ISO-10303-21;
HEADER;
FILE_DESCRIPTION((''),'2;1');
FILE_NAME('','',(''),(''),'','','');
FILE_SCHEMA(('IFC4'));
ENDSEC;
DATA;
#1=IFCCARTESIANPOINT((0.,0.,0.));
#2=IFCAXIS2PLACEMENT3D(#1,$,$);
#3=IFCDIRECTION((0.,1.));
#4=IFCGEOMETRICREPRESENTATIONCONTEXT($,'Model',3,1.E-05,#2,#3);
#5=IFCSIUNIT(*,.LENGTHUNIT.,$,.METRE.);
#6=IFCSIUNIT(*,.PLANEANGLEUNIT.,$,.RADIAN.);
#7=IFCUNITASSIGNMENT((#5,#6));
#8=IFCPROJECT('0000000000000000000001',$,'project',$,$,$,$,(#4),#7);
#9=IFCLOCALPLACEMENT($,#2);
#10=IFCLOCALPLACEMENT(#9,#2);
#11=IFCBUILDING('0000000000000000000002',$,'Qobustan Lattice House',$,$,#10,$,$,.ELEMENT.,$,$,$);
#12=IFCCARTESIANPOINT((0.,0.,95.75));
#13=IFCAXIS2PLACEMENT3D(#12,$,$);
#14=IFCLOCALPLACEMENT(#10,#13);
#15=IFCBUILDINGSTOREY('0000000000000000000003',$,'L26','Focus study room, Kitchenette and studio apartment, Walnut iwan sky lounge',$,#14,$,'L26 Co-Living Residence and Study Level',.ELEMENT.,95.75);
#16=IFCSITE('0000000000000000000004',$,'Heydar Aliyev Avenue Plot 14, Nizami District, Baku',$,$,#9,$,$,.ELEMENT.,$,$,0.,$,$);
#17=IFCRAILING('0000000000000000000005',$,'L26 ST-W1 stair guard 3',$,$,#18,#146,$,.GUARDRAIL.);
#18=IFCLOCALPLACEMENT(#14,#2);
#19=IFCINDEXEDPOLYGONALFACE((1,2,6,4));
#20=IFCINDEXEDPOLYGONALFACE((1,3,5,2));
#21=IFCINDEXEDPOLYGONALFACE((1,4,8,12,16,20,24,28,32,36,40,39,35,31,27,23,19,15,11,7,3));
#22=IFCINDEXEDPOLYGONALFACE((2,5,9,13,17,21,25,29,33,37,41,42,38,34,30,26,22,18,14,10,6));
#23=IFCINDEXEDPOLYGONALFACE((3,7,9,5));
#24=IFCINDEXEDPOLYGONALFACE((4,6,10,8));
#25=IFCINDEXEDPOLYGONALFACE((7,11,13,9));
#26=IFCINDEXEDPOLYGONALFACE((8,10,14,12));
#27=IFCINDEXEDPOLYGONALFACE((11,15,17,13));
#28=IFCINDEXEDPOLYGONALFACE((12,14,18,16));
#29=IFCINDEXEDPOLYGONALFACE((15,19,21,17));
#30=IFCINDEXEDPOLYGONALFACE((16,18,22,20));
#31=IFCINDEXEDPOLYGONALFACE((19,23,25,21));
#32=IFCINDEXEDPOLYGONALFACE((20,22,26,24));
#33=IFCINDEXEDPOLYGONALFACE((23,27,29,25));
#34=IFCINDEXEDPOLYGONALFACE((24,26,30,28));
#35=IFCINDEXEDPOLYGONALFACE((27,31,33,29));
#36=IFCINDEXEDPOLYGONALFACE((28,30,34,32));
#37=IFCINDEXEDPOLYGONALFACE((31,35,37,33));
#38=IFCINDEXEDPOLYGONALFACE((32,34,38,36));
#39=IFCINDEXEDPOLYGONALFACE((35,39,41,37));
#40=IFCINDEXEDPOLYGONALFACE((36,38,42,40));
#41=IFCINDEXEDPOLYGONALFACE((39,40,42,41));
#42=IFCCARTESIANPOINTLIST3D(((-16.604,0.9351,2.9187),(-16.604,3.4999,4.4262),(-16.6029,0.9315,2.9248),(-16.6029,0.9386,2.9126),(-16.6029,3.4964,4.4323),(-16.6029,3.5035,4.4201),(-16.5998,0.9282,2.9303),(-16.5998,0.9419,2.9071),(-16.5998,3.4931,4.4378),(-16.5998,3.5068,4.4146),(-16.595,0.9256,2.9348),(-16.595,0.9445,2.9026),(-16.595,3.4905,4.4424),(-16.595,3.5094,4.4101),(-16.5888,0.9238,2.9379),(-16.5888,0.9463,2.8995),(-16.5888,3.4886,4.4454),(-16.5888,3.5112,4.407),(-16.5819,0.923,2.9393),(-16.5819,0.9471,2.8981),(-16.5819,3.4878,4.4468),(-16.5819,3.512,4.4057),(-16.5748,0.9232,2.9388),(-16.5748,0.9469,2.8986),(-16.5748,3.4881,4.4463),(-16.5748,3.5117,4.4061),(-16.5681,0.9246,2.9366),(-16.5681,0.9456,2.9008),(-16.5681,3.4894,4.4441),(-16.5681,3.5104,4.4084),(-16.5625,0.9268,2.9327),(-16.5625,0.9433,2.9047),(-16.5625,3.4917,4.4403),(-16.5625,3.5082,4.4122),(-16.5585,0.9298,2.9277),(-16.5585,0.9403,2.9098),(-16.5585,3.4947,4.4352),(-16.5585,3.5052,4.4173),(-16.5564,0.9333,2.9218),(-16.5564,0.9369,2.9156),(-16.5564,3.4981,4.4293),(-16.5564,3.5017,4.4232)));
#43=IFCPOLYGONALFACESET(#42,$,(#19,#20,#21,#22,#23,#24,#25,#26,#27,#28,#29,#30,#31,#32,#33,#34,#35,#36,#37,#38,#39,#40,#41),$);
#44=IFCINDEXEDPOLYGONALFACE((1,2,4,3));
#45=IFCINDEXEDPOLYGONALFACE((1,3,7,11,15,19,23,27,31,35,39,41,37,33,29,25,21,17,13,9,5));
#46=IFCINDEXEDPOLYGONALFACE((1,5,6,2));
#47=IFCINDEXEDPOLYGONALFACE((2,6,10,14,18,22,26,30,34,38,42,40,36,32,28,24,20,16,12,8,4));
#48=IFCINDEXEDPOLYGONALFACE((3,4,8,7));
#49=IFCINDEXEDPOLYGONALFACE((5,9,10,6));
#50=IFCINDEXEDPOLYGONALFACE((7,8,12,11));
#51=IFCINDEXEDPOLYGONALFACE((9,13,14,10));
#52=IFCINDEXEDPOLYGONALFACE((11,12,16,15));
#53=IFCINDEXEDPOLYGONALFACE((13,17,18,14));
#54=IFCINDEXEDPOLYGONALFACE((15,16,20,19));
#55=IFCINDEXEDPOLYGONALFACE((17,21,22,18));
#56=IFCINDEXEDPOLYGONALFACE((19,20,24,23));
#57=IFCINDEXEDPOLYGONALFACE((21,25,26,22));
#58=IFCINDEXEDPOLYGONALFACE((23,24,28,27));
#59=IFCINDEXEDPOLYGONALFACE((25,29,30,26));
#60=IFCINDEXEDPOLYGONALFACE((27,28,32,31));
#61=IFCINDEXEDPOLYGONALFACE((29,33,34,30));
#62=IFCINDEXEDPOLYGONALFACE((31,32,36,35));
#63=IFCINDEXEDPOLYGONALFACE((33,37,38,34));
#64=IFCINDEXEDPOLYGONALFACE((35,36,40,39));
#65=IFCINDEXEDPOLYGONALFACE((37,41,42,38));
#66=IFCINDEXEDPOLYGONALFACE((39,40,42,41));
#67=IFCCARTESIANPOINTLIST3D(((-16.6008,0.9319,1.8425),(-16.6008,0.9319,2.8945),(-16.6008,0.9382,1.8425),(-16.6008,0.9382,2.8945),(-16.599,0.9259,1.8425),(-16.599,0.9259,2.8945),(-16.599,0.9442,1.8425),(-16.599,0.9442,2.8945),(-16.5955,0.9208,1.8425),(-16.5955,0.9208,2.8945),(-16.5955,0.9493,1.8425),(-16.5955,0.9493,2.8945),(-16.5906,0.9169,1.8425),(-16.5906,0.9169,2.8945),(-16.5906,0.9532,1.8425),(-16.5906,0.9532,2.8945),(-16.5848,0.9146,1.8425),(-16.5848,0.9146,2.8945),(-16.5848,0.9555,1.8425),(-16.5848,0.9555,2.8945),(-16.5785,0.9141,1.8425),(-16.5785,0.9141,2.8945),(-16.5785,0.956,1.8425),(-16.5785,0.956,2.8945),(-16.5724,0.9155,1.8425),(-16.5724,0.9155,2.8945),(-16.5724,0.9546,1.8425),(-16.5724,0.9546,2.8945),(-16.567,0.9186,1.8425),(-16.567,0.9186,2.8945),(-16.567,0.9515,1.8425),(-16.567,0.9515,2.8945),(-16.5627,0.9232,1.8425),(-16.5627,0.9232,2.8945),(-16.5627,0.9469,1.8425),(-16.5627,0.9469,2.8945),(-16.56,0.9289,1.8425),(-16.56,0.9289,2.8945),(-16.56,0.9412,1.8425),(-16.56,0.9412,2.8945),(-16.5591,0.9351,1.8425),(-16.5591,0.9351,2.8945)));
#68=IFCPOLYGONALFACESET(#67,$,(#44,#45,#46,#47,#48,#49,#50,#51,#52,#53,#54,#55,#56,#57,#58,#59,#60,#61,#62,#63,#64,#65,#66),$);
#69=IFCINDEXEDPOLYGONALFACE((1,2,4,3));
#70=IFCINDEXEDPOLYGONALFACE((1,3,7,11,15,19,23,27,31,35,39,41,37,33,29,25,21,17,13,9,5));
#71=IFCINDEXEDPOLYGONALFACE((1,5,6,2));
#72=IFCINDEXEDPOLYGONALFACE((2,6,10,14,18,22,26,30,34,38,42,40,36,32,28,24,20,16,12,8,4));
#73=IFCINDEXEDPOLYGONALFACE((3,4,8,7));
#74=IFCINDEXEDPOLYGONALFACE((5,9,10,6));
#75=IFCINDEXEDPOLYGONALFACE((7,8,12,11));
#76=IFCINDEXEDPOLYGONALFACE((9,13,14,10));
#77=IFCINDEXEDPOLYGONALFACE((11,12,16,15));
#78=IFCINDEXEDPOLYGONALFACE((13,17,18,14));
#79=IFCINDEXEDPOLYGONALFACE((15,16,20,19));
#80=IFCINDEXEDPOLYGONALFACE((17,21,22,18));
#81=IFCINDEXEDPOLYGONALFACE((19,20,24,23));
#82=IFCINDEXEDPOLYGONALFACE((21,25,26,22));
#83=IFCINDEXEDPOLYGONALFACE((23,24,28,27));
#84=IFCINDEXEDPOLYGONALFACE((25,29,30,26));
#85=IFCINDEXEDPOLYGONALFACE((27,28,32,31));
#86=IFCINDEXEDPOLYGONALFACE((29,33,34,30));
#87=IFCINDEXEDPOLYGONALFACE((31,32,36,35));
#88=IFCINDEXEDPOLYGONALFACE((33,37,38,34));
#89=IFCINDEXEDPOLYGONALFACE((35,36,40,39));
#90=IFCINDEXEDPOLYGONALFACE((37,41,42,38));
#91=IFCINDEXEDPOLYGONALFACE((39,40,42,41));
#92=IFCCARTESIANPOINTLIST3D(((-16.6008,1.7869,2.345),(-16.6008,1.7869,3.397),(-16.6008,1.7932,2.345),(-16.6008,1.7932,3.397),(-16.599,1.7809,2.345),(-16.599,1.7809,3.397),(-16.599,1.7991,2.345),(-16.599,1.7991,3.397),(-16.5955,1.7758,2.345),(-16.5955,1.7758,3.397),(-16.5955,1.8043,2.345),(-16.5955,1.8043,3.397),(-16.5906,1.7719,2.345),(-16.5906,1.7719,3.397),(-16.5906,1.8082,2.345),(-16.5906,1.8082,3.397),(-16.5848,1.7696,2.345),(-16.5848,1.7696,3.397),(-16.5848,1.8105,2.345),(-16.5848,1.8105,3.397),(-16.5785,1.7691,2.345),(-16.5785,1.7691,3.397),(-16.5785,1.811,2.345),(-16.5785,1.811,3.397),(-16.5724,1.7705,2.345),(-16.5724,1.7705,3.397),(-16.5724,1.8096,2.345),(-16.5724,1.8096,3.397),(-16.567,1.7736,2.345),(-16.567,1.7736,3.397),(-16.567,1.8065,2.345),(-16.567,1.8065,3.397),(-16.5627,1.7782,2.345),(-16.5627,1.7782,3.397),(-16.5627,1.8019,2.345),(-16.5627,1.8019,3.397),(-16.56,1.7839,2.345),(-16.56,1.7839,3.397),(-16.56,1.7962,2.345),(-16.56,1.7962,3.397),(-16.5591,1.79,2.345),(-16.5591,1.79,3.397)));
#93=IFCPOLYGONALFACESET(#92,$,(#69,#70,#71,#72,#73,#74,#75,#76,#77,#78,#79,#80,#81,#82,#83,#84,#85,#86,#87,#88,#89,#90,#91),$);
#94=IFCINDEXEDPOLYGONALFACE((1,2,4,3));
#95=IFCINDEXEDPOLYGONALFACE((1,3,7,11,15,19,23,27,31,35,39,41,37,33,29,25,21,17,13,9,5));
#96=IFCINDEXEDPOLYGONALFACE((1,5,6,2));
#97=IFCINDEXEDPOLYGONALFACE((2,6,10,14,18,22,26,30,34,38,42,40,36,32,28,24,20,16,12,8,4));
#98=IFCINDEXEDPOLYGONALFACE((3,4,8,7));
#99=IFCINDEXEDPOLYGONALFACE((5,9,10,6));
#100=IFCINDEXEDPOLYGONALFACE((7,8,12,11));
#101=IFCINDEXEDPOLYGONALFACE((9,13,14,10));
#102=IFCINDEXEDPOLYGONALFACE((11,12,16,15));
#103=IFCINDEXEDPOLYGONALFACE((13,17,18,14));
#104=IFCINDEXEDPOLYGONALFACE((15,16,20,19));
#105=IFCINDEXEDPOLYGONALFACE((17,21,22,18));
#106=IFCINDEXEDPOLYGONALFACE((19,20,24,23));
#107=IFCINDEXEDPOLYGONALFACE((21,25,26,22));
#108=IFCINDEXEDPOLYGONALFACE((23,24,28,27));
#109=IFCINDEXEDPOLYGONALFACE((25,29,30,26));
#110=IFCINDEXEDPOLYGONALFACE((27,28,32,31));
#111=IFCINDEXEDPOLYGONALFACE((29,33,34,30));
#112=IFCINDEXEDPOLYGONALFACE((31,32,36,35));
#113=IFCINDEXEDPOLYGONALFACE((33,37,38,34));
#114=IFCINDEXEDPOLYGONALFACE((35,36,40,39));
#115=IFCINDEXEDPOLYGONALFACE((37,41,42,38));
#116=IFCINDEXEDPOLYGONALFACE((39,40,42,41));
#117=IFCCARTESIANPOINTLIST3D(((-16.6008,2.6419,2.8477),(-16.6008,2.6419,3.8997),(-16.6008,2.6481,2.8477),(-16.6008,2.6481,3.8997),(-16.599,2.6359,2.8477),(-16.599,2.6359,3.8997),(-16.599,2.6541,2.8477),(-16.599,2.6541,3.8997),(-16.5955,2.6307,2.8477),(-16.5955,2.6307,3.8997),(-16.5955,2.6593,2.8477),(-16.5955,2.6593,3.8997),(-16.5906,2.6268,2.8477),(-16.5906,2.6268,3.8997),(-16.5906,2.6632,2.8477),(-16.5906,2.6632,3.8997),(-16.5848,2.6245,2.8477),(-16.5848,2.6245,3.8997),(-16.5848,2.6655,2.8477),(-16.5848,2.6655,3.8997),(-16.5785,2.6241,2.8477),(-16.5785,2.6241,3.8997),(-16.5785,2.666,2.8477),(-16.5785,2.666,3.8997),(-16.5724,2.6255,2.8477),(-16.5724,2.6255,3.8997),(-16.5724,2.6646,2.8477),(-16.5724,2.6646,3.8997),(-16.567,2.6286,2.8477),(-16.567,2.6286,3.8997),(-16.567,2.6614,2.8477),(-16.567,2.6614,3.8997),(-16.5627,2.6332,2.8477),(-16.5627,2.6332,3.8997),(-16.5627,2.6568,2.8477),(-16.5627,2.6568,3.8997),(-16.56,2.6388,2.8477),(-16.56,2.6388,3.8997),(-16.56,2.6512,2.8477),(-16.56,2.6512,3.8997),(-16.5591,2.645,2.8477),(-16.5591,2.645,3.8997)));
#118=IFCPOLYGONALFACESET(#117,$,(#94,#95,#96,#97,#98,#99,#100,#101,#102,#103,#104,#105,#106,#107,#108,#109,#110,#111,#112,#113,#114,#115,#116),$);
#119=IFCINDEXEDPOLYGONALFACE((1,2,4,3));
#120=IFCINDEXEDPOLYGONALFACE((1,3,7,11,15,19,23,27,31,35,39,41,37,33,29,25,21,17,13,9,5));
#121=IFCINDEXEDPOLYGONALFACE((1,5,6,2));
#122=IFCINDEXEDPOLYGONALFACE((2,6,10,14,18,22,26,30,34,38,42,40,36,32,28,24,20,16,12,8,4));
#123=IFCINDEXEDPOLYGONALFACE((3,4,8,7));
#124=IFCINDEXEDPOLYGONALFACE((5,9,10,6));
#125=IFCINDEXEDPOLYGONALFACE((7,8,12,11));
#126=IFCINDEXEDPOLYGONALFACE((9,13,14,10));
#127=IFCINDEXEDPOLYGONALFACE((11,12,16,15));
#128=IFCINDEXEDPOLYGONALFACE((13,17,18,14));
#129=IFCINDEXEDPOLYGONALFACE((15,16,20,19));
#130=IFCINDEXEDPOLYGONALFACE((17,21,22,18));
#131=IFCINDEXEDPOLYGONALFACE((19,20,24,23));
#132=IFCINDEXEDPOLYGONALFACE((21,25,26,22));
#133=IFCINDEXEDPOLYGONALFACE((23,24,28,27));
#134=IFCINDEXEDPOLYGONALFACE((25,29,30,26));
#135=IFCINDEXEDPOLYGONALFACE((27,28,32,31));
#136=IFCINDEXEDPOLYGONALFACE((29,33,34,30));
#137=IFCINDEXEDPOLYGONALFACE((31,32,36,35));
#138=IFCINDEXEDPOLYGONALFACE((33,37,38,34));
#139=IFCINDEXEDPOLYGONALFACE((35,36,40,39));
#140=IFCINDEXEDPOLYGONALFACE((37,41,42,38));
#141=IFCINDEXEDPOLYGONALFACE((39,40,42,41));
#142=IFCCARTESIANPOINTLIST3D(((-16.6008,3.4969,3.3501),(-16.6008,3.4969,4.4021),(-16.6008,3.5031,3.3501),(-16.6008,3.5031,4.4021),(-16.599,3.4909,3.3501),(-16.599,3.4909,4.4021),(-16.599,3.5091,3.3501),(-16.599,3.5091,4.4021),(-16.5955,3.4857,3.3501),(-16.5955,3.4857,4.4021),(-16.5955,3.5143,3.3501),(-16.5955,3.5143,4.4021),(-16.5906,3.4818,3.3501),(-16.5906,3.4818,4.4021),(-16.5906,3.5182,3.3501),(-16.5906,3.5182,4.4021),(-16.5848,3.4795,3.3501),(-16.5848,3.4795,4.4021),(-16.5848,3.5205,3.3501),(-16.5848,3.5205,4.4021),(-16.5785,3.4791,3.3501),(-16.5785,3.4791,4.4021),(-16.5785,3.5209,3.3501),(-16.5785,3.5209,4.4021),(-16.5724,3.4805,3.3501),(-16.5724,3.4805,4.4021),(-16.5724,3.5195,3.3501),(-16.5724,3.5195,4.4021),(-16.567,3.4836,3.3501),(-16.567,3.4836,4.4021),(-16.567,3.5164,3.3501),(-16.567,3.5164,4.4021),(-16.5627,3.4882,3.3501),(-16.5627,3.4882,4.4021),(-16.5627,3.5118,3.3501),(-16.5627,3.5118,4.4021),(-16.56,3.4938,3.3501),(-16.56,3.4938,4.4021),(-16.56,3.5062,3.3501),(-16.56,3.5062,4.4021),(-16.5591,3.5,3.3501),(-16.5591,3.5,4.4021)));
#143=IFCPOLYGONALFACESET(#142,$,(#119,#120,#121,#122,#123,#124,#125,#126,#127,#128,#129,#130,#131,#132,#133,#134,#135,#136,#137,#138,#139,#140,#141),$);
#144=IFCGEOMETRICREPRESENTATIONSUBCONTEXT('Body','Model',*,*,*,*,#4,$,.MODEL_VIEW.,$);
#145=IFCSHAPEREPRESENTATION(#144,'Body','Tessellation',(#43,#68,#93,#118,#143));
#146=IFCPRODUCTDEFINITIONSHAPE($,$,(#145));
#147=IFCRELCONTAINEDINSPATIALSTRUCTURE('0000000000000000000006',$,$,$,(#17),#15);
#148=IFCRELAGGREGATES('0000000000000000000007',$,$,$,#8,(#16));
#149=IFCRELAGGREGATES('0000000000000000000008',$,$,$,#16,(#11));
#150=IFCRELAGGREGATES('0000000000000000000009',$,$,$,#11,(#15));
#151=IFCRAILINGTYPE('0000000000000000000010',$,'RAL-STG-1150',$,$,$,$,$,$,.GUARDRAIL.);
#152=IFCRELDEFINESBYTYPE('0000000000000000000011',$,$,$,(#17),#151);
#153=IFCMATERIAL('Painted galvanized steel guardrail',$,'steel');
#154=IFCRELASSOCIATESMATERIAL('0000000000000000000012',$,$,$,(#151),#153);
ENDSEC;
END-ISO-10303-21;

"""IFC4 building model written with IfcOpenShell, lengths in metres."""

from ifc_helpers import new_model, si_unit, direction, frame, origin, origin_2d, place, context, subcontext, project, spatial, circle, extrude, material, type_object, element, save


model = new_model("IFC4")

# Units and contexts
model_context = context("Model", 3, precision=1e-05, world=origin(), true_north=direction((0.0, 1.0)))
body_context = subcontext(model_context, "Body", "Model", "MODEL_VIEW")
ifc_project = project(units=[si_unit("LENGTHUNIT", "METRE"), si_unit("PLANEANGLEUNIT", "RADIAN")], contexts=[model_context])

# Site, building, storey
site_placement = place(None, origin())
site = spatial("IfcSite", under=ifc_project, at=site_placement, Name="Heydar Aliyev Avenue Plot 14, Nizami District, Baku", CompositionType="ELEMENT", RefElevation=0.0)
building_placement = place(site_placement, origin())
building = spatial("IfcBuilding", under=site, at=building_placement, Name="Qobustan Lattice House", CompositionType="ELEMENT")
storey_placement = place(building_placement, frame((0.0, 0.0, 95.75)))
storey = spatial("IfcBuildingStorey", under=building, at=storey_placement, Name="L26", Description="Focus study room, Kitchenette and studio apartment, Walnut iwan sky lounge", LongName="L26 Co-Living Residence and Study Level", CompositionType="ELEMENT", Elevation=95.75)

# Railing
ifc_material_1 = material(Name="Painted galvanized steel guardrail", Category="steel")
railing_type_1 = type_object("IfcRailingType", Name="RAL-STG-1150", PredefinedType="GUARDRAIL", material=ifc_material_1)
railing_1_placement = place(storey_placement, frame((-16.5801, 0.9351, 1.8425)))
element("IfcRailing", 1, at=railing_1_placement, inside=storey, type_object=railing_type_1, Name="L26 ST-W1 stair guard 3", PredefinedType="GUARDRAIL", context=body_context, shape_type="SweptSolid", body=[
    extrude(circle(Radius=0.0239, at=origin_2d()), frame((0.0, 0.0, 1.0762), z_axis=(0.0, 0.862113, 0.506715), x_axis=(-1.0, 0.0, 0.0)), (0.0, 0.0, 1.0), 2.9751),
    extrude(circle(Radius=0.021, at=origin_2d()), origin(), (0.0, 0.0, 1.0), 1.052),
    extrude(circle(Radius=0.021, at=origin_2d()), frame((0.0, 0.855, 0.5024)), (0.0, 0.0, 1.0), 1.052),
    extrude(circle(Radius=0.021, at=origin_2d()), frame((0.0, 1.71, 1.0051)), (0.0, 0.0, 1.0), 1.052),
    extrude(circle(Radius=0.021, at=origin_2d()), frame((0.0, 2.5649, 1.5076)), (0.0, 0.0, 1.0), 1.052),
])

save(model, "model.ifc")
